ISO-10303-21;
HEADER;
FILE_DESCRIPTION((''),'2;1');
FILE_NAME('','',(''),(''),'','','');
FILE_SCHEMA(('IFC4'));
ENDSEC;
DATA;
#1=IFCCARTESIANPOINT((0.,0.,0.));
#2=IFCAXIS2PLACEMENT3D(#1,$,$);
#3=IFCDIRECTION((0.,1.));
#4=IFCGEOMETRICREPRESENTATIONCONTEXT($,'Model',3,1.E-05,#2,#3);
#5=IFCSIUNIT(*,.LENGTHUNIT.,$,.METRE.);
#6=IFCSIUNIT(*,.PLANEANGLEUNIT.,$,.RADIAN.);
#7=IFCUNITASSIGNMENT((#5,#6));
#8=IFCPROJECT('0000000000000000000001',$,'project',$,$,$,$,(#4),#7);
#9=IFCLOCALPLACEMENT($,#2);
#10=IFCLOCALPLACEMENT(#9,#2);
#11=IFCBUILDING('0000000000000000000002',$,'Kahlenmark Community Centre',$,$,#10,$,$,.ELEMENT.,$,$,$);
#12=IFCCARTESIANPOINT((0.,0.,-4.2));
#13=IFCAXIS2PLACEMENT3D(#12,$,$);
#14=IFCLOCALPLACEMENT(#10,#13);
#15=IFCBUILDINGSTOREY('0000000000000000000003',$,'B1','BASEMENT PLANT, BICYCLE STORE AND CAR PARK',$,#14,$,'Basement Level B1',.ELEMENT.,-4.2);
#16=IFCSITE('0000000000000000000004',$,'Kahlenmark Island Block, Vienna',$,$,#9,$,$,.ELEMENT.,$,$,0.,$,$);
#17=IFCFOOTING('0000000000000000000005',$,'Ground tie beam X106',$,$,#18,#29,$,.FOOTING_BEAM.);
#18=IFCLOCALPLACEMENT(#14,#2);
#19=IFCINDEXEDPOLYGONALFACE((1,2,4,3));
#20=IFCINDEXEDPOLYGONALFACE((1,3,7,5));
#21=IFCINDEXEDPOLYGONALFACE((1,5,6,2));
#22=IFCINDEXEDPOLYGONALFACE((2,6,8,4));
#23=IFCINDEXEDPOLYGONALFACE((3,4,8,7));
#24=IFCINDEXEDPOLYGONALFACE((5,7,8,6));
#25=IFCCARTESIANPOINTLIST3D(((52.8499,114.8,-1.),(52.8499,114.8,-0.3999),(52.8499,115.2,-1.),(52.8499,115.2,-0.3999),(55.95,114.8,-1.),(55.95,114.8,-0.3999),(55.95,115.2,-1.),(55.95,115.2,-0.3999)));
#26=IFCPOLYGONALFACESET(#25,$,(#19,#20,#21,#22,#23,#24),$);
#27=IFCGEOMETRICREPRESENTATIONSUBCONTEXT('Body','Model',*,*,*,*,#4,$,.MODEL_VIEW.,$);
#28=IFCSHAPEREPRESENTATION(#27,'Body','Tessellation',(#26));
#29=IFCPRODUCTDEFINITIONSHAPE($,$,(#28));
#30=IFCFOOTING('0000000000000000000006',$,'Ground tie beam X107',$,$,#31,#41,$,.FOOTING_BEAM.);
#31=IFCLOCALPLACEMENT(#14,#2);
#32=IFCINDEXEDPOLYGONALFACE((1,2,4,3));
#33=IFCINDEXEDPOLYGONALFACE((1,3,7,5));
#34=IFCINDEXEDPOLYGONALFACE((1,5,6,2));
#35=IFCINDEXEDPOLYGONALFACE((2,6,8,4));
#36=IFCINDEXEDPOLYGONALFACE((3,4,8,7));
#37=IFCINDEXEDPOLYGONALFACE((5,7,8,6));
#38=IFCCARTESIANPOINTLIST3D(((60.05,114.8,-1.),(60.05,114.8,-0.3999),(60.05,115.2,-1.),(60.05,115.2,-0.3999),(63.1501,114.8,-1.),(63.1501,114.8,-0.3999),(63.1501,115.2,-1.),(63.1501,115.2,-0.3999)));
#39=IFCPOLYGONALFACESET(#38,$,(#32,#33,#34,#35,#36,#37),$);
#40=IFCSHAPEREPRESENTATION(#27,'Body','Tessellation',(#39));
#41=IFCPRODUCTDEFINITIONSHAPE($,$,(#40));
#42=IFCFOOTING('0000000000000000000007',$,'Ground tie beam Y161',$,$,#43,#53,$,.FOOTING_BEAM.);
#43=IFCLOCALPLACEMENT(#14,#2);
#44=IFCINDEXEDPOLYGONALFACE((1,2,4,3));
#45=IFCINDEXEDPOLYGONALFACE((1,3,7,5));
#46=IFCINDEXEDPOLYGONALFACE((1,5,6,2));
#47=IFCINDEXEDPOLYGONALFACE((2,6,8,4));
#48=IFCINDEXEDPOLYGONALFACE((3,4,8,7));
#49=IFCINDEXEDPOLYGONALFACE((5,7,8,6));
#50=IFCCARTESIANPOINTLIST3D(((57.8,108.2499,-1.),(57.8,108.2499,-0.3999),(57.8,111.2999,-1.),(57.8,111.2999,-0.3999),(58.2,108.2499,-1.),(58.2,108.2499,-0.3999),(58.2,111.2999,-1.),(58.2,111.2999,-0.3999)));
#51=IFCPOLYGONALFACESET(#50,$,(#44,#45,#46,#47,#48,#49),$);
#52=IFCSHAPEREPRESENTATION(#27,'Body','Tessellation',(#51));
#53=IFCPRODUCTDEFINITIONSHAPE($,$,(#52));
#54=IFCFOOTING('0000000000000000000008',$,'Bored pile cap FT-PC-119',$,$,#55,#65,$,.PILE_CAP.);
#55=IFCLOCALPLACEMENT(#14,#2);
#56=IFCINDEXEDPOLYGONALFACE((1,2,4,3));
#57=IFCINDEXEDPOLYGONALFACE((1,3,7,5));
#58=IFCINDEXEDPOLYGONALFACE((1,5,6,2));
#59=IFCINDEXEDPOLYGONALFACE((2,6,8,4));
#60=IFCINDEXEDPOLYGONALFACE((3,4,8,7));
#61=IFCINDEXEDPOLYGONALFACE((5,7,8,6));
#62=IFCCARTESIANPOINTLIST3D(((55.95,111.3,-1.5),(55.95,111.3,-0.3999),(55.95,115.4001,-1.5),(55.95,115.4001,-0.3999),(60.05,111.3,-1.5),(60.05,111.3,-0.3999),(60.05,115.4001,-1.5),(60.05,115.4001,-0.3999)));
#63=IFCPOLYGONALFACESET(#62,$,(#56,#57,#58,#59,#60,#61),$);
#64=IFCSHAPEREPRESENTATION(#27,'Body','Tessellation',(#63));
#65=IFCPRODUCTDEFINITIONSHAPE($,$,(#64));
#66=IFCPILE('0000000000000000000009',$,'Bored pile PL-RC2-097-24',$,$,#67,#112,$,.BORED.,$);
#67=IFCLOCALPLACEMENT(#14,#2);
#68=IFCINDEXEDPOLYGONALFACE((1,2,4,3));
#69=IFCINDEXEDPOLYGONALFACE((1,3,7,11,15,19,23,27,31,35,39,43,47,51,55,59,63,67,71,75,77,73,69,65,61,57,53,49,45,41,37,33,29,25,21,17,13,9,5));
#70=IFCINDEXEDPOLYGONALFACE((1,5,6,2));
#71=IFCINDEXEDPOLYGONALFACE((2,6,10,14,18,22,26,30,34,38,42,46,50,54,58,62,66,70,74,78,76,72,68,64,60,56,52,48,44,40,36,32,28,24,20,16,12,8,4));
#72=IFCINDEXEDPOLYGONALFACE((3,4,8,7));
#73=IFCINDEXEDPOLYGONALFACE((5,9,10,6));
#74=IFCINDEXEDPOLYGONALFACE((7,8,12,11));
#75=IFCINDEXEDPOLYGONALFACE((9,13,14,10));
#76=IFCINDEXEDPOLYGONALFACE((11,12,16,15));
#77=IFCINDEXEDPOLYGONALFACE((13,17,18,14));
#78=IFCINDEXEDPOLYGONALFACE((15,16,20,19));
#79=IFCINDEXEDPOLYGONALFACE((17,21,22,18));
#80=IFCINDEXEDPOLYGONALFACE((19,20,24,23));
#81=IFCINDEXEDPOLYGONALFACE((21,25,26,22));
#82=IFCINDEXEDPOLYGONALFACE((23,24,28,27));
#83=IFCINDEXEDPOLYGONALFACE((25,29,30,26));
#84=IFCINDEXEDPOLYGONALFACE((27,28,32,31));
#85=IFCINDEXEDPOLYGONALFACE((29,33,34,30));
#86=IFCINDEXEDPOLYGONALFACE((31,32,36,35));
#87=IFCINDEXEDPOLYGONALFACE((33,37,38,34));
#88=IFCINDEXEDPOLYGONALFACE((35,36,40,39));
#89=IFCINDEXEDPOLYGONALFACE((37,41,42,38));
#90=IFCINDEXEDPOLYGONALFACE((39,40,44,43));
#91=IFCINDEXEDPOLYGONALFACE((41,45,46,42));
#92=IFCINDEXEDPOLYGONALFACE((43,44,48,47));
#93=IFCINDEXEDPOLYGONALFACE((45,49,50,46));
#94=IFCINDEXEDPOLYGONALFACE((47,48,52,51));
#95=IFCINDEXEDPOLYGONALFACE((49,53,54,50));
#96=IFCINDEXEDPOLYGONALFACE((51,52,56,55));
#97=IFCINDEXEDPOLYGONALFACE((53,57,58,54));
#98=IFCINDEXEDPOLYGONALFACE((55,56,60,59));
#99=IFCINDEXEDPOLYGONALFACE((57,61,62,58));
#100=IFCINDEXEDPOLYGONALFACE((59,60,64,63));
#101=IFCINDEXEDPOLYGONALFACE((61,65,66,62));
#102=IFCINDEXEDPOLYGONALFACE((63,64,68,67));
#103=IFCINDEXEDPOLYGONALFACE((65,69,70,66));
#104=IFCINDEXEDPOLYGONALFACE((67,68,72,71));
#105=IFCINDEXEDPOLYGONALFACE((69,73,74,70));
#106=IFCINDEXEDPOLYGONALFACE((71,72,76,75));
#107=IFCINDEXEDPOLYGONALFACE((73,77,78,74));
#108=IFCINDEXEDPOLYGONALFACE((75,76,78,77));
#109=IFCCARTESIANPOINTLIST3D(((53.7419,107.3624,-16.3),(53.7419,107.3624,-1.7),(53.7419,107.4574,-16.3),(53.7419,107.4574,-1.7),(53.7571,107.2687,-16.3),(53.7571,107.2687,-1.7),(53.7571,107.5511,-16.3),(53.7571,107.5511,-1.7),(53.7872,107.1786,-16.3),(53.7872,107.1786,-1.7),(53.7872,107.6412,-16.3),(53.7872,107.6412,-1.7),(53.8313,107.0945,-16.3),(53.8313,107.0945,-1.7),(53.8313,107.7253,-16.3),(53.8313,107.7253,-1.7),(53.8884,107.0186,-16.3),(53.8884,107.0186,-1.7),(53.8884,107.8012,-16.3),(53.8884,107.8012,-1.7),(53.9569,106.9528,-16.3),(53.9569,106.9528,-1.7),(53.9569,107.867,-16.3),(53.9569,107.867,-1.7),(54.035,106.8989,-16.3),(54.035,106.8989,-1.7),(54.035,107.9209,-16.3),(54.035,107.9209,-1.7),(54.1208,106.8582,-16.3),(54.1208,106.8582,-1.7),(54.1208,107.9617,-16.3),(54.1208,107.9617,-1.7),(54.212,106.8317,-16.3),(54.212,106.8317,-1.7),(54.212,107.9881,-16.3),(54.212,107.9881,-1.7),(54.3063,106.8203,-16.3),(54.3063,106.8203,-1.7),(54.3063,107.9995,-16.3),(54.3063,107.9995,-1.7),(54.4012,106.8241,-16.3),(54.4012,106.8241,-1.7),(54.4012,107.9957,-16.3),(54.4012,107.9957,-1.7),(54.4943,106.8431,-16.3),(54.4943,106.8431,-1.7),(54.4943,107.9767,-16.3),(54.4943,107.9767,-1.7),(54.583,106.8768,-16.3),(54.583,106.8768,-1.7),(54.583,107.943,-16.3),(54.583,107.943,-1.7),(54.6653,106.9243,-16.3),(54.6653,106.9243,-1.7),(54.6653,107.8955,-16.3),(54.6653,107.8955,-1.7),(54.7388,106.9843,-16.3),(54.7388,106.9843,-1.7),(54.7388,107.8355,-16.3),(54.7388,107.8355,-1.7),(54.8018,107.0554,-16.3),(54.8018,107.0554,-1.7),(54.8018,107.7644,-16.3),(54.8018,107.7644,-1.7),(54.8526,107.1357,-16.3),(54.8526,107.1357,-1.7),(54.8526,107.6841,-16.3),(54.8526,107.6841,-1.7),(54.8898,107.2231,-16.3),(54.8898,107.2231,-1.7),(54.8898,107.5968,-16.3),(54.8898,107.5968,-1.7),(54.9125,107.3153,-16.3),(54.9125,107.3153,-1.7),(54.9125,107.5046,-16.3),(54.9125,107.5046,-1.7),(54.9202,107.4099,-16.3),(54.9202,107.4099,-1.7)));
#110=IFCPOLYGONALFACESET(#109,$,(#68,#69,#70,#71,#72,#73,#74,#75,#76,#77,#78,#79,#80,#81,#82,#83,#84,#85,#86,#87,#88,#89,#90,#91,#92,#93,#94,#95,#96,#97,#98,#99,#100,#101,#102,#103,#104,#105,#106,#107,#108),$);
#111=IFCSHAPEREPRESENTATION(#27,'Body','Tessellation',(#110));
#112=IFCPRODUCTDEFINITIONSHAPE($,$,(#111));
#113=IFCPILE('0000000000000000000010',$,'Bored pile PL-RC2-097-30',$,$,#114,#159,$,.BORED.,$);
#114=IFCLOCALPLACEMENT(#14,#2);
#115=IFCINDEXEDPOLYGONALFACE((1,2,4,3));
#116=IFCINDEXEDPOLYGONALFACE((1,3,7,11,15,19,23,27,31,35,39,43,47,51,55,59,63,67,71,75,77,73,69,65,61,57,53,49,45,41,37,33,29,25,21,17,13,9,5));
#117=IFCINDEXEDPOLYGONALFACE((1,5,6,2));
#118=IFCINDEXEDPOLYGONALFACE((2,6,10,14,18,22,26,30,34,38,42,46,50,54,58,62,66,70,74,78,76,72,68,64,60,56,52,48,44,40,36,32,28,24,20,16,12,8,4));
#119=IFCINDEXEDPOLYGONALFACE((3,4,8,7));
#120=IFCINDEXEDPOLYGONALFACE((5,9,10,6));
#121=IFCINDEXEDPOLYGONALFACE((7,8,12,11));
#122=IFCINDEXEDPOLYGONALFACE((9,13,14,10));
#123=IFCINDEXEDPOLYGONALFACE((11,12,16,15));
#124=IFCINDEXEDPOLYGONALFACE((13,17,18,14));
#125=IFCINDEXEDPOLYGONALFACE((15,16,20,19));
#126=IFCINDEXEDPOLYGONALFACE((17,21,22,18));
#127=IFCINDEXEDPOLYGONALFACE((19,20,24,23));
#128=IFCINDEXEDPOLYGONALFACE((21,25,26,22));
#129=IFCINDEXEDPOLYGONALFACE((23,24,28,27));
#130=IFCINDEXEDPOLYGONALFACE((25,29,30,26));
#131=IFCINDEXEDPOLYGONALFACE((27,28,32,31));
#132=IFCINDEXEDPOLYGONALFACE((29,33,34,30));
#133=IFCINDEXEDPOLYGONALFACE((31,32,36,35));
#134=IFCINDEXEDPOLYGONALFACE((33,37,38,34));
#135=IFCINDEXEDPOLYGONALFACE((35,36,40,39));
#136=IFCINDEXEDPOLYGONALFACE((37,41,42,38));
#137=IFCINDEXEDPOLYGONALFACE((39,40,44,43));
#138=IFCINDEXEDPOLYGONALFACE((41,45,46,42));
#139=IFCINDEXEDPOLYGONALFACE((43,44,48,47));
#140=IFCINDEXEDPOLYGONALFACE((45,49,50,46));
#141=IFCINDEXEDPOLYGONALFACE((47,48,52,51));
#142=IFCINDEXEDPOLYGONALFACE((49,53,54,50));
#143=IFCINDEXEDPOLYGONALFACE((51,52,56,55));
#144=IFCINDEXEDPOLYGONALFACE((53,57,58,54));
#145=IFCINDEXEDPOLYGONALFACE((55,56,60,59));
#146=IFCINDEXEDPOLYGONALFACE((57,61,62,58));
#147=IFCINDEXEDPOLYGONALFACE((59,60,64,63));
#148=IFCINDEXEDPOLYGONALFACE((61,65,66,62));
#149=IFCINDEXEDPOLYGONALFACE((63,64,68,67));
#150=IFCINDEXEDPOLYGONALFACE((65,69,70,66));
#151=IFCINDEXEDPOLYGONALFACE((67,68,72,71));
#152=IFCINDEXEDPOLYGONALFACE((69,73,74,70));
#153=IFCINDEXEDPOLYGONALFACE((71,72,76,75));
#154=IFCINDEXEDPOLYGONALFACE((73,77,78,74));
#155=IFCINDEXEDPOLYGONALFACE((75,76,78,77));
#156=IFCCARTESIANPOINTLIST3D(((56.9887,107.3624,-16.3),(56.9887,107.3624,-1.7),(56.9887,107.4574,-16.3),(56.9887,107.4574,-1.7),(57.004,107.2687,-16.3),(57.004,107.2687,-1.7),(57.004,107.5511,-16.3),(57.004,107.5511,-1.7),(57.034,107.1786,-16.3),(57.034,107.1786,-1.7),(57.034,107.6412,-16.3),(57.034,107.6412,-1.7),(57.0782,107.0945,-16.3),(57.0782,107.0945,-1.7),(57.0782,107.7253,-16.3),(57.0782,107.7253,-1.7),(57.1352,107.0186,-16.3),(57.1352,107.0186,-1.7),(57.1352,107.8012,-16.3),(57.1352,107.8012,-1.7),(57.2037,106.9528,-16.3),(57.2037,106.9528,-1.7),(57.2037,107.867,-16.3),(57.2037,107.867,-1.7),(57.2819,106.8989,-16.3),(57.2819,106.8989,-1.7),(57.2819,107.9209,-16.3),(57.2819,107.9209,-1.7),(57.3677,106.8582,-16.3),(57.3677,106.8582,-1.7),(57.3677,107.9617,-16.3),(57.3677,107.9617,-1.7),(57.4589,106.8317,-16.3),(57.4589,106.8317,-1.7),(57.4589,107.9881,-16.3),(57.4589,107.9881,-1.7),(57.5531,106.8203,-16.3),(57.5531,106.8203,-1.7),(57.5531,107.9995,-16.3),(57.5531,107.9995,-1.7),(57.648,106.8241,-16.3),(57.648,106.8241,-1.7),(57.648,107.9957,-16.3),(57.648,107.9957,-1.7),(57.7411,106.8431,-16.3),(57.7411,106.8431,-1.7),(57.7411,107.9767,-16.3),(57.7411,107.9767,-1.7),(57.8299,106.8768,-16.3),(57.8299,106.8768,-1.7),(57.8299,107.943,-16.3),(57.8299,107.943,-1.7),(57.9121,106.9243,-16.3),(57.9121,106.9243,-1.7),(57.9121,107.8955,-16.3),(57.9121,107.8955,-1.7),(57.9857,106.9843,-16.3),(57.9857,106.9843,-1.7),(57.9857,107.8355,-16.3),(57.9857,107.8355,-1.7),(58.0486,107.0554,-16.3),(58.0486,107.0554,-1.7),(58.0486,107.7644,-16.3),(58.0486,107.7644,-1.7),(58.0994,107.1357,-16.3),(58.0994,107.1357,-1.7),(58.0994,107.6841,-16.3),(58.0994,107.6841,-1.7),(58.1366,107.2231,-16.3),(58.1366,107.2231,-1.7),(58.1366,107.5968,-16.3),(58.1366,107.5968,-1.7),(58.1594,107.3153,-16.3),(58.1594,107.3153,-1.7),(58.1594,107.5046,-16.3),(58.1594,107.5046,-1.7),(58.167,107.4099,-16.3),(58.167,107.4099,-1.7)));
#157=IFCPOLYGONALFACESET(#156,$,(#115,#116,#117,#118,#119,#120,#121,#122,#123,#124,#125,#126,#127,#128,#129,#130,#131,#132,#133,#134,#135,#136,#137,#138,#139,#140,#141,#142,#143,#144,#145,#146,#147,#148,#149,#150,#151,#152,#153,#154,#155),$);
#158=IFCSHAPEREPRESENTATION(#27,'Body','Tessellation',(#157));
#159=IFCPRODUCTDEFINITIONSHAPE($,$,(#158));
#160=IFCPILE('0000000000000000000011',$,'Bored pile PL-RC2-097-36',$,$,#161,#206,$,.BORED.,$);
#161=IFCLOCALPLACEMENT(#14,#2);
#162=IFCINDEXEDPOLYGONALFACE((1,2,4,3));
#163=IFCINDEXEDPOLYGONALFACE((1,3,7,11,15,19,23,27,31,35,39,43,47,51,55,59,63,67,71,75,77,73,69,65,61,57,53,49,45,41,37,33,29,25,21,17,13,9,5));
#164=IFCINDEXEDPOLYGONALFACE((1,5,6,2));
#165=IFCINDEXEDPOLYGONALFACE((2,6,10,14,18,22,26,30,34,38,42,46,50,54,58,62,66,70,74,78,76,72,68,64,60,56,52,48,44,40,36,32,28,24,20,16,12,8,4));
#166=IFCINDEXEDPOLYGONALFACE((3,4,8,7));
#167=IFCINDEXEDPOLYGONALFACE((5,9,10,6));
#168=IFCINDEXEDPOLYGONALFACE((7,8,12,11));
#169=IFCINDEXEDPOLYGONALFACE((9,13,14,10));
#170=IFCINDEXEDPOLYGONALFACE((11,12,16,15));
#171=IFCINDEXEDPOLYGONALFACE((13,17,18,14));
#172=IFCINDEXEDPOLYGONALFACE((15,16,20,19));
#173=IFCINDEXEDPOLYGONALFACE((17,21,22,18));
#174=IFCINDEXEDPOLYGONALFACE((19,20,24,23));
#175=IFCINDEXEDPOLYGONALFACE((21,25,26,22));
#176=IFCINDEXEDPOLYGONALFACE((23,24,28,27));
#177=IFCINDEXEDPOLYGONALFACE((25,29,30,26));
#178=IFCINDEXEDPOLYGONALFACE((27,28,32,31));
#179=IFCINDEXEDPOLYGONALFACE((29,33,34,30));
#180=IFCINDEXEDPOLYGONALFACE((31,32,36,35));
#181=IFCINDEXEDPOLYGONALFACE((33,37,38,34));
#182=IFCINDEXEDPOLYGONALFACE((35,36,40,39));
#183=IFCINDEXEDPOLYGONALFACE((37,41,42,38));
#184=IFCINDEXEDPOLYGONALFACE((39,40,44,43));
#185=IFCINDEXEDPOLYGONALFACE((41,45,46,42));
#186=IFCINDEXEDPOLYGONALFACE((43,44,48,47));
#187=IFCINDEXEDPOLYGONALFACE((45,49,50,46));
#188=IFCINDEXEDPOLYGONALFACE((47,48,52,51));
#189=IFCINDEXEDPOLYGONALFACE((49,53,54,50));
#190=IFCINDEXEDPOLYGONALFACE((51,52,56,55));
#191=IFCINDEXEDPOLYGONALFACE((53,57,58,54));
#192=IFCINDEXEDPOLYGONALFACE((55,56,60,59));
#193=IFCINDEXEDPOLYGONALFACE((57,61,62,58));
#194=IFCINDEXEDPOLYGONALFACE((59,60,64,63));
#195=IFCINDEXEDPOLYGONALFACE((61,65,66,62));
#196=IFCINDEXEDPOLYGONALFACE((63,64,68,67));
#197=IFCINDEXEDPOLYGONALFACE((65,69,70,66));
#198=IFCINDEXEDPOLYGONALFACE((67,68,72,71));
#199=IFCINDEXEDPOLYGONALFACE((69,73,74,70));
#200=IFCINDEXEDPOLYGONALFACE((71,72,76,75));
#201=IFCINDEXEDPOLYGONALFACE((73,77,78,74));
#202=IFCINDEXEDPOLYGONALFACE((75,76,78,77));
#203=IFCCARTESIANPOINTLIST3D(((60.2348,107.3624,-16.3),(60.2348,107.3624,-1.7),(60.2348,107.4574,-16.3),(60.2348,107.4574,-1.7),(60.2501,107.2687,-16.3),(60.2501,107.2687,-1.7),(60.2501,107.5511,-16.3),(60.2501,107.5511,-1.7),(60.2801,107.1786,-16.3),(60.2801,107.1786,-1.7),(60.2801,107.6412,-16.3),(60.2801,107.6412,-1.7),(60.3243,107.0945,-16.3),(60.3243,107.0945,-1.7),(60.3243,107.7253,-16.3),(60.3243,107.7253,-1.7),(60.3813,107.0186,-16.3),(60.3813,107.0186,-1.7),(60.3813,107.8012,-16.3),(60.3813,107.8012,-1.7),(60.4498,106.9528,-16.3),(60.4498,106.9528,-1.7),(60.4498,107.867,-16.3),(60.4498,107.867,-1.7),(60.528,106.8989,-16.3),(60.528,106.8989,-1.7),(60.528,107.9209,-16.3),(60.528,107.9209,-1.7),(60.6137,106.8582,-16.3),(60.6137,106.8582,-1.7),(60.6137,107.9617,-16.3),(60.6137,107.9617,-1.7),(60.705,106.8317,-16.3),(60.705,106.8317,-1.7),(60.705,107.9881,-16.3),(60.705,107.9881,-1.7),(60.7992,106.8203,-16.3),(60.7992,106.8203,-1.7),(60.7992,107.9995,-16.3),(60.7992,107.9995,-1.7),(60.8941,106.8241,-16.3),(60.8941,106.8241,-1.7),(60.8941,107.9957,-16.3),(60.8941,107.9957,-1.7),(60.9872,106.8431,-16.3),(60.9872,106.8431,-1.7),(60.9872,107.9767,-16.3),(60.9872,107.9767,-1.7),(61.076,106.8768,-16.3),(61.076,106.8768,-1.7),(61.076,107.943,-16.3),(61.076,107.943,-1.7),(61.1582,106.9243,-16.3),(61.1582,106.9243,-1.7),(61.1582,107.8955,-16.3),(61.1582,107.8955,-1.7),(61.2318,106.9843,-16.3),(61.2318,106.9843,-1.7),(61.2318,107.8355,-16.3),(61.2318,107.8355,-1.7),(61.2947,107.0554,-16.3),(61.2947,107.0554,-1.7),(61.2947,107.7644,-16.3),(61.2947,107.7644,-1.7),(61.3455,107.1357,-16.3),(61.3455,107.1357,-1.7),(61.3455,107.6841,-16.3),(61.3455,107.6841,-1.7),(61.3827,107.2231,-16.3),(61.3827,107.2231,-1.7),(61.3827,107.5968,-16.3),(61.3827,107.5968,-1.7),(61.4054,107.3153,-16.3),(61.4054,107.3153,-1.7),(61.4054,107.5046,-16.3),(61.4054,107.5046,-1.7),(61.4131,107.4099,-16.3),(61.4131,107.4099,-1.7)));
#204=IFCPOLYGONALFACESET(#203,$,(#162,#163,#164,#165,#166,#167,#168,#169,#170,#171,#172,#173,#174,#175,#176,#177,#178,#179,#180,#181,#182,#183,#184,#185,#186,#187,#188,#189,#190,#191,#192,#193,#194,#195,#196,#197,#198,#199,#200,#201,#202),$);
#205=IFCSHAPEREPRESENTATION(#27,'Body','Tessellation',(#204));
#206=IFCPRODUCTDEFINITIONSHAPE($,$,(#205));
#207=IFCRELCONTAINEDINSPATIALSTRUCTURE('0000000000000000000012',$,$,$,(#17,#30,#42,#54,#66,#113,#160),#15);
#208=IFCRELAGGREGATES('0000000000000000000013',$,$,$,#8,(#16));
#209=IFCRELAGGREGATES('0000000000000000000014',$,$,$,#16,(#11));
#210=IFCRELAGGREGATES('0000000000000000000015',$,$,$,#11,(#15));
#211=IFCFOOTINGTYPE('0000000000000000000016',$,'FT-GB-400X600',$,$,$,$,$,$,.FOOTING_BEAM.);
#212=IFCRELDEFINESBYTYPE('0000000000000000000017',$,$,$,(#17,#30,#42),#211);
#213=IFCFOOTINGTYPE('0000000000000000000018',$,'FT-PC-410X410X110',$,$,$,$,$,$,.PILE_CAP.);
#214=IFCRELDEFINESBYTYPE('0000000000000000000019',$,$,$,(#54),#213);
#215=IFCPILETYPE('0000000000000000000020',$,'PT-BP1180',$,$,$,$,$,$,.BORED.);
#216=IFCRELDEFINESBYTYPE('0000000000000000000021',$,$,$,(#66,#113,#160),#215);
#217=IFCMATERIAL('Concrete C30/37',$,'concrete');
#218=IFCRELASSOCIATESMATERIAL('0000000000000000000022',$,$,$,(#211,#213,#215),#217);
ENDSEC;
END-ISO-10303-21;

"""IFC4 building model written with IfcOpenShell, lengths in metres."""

from ifc_helpers import new_model, si_unit, direction, frame, origin, origin_2d, place, context, subcontext, project, spatial, rectangle, circle, extrude, material, material_profile, profile_set, type_object, element, save


model = new_model("IFC4")

# Units and contexts
model_context = context("Model", 3, precision=1e-05, world=origin(), true_north=direction((0.0, 1.0)))
body_context = subcontext(model_context, "Body", "Model", "MODEL_VIEW")
ifc_project = project(units=[si_unit("LENGTHUNIT", "METRE"), si_unit("PLANEANGLEUNIT", "RADIAN")], contexts=[model_context])

# Site, building, storey
site_placement = place(None, origin())
site = spatial("IfcSite", under=ifc_project, at=site_placement, Name="Kahlenmark Island Block, Vienna", CompositionType="ELEMENT", RefElevation=0.0)
building_placement = place(site_placement, origin())
building = spatial("IfcBuilding", under=site, at=building_placement, Name="Kahlenmark Community Centre", CompositionType="ELEMENT")
storey_placement = place(building_placement, frame((0.0, 0.0, -4.2)))
storey = spatial("IfcBuildingStorey", under=building, at=storey_placement, Name="B1", Description="BASEMENT PLANT, BICYCLE STORE AND CAR PARK", LongName="Basement Level B1", CompositionType="ELEMENT", Elevation=-4.2)

# Footings
ifc_material_1 = material(Name="Concrete C30/37", Category="concrete")
footing_type_1 = type_object("IfcFootingType", Name="FT-GB-400X600", PredefinedType="FOOTING_BEAM", material=ifc_material_1)
for number, where, z_axis, x_axis, name in (
    (1, (54.3999, 115.0, -1.0), (0.0, 0.0, 1.0), (1.0, 0.0, 0.0), "Ground tie beam X106"),
    (2, (61.6001, 115.0, -1.0), (0.0, 0.0, 1.0), (1.0, 0.0, 0.0), "Ground tie beam X107"),
):
    element("IfcFooting", number, at=place(storey_placement, frame(where, z_axis=z_axis, x_axis=x_axis)), inside=storey, type_object=footing_type_1, Name=name, PredefinedType="FOOTING_BEAM", context=body_context, shape_type="SweptSolid", body=[
        extrude(rectangle(XDim=3.1001, YDim=0.3999, at=origin_2d()), origin(), (0.0, 0.0, 1.0), 0.6001),
    ])
footing_1_placement = place(storey_placement, frame((58.0, 109.7749, -1.0), z_axis=(0.0, 0.0, 1.0), x_axis=(1.0, 0.0, 0.0)))
element("IfcFooting", 3, at=footing_1_placement, inside=storey, type_object=footing_type_1, Name="Ground tie beam Y161", PredefinedType="FOOTING_BEAM", context=body_context, shape_type="SweptSolid", body=[
    extrude(rectangle(XDim=0.3999, YDim=3.05, at=origin_2d()), origin(), (0.0, 0.0, 1.0), 0.6001),
])
footing_type_2 = type_object("IfcFootingType", Name="FT-PC-410X410X110", PredefinedType="PILE_CAP", material=ifc_material_1)
footing_2_placement = place(storey_placement, frame((58.0, 113.3501, -1.5), z_axis=(0.0, 0.0, 1.0), x_axis=(1.0, 0.0, 0.0)))
element("IfcFooting", 4, at=footing_2_placement, inside=storey, type_object=footing_type_2, Name="Bored pile cap FT-PC-119", PredefinedType="PILE_CAP", context=body_context, shape_type="SweptSolid", body=[
    extrude(rectangle(XDim=4.1001, YDim=4.1001, at=origin_2d()), origin(), (0.0, 0.0, 1.0), 1.1001),
])

# Piles
ifc_material_profile_1 = material_profile(ifc_material_1, circle(Radius=0.5901, at=origin_2d()), Name="BORED PILE 1180")
ifc_profile_set_1 = profile_set([ifc_material_profile_1], Name="Concrete C30/37")
pile_type_1 = type_object("IfcPileType", Name="PT-BP1180", PredefinedType="BORED", material=ifc_profile_set_1)
for number, where, z_axis, x_axis, name in (
    (5, (54.3301, 107.4099, -1.7), (0.0, 0.0, -1.0), (1.0, 0.0, 0.0), "Bored pile PL-RC2-097-24"),
    (6, (57.5769, 107.4099, -1.7), (0.0, 0.0, -1.0), (1.0, 0.0, 0.0), "Bored pile PL-RC2-097-30"),
    (7, (60.823, 107.4099, -1.7), (0.0, 0.0, -1.0), (1.0, 0.0, 0.0), "Bored pile PL-RC2-097-36"),
):
    element("IfcPile", number, at=place(storey_placement, frame(where, z_axis=z_axis, x_axis=x_axis)), inside=storey, type_object=pile_type_1, Name=name, PredefinedType="BORED", context=body_context, shape_type="SweptSolid", body=[
        extrude(circle(Radius=0.5901, at=origin_2d()), origin(), (0.0, 0.0, 1.0), 14.6001),
    ])

save(model, "model.ifc")
